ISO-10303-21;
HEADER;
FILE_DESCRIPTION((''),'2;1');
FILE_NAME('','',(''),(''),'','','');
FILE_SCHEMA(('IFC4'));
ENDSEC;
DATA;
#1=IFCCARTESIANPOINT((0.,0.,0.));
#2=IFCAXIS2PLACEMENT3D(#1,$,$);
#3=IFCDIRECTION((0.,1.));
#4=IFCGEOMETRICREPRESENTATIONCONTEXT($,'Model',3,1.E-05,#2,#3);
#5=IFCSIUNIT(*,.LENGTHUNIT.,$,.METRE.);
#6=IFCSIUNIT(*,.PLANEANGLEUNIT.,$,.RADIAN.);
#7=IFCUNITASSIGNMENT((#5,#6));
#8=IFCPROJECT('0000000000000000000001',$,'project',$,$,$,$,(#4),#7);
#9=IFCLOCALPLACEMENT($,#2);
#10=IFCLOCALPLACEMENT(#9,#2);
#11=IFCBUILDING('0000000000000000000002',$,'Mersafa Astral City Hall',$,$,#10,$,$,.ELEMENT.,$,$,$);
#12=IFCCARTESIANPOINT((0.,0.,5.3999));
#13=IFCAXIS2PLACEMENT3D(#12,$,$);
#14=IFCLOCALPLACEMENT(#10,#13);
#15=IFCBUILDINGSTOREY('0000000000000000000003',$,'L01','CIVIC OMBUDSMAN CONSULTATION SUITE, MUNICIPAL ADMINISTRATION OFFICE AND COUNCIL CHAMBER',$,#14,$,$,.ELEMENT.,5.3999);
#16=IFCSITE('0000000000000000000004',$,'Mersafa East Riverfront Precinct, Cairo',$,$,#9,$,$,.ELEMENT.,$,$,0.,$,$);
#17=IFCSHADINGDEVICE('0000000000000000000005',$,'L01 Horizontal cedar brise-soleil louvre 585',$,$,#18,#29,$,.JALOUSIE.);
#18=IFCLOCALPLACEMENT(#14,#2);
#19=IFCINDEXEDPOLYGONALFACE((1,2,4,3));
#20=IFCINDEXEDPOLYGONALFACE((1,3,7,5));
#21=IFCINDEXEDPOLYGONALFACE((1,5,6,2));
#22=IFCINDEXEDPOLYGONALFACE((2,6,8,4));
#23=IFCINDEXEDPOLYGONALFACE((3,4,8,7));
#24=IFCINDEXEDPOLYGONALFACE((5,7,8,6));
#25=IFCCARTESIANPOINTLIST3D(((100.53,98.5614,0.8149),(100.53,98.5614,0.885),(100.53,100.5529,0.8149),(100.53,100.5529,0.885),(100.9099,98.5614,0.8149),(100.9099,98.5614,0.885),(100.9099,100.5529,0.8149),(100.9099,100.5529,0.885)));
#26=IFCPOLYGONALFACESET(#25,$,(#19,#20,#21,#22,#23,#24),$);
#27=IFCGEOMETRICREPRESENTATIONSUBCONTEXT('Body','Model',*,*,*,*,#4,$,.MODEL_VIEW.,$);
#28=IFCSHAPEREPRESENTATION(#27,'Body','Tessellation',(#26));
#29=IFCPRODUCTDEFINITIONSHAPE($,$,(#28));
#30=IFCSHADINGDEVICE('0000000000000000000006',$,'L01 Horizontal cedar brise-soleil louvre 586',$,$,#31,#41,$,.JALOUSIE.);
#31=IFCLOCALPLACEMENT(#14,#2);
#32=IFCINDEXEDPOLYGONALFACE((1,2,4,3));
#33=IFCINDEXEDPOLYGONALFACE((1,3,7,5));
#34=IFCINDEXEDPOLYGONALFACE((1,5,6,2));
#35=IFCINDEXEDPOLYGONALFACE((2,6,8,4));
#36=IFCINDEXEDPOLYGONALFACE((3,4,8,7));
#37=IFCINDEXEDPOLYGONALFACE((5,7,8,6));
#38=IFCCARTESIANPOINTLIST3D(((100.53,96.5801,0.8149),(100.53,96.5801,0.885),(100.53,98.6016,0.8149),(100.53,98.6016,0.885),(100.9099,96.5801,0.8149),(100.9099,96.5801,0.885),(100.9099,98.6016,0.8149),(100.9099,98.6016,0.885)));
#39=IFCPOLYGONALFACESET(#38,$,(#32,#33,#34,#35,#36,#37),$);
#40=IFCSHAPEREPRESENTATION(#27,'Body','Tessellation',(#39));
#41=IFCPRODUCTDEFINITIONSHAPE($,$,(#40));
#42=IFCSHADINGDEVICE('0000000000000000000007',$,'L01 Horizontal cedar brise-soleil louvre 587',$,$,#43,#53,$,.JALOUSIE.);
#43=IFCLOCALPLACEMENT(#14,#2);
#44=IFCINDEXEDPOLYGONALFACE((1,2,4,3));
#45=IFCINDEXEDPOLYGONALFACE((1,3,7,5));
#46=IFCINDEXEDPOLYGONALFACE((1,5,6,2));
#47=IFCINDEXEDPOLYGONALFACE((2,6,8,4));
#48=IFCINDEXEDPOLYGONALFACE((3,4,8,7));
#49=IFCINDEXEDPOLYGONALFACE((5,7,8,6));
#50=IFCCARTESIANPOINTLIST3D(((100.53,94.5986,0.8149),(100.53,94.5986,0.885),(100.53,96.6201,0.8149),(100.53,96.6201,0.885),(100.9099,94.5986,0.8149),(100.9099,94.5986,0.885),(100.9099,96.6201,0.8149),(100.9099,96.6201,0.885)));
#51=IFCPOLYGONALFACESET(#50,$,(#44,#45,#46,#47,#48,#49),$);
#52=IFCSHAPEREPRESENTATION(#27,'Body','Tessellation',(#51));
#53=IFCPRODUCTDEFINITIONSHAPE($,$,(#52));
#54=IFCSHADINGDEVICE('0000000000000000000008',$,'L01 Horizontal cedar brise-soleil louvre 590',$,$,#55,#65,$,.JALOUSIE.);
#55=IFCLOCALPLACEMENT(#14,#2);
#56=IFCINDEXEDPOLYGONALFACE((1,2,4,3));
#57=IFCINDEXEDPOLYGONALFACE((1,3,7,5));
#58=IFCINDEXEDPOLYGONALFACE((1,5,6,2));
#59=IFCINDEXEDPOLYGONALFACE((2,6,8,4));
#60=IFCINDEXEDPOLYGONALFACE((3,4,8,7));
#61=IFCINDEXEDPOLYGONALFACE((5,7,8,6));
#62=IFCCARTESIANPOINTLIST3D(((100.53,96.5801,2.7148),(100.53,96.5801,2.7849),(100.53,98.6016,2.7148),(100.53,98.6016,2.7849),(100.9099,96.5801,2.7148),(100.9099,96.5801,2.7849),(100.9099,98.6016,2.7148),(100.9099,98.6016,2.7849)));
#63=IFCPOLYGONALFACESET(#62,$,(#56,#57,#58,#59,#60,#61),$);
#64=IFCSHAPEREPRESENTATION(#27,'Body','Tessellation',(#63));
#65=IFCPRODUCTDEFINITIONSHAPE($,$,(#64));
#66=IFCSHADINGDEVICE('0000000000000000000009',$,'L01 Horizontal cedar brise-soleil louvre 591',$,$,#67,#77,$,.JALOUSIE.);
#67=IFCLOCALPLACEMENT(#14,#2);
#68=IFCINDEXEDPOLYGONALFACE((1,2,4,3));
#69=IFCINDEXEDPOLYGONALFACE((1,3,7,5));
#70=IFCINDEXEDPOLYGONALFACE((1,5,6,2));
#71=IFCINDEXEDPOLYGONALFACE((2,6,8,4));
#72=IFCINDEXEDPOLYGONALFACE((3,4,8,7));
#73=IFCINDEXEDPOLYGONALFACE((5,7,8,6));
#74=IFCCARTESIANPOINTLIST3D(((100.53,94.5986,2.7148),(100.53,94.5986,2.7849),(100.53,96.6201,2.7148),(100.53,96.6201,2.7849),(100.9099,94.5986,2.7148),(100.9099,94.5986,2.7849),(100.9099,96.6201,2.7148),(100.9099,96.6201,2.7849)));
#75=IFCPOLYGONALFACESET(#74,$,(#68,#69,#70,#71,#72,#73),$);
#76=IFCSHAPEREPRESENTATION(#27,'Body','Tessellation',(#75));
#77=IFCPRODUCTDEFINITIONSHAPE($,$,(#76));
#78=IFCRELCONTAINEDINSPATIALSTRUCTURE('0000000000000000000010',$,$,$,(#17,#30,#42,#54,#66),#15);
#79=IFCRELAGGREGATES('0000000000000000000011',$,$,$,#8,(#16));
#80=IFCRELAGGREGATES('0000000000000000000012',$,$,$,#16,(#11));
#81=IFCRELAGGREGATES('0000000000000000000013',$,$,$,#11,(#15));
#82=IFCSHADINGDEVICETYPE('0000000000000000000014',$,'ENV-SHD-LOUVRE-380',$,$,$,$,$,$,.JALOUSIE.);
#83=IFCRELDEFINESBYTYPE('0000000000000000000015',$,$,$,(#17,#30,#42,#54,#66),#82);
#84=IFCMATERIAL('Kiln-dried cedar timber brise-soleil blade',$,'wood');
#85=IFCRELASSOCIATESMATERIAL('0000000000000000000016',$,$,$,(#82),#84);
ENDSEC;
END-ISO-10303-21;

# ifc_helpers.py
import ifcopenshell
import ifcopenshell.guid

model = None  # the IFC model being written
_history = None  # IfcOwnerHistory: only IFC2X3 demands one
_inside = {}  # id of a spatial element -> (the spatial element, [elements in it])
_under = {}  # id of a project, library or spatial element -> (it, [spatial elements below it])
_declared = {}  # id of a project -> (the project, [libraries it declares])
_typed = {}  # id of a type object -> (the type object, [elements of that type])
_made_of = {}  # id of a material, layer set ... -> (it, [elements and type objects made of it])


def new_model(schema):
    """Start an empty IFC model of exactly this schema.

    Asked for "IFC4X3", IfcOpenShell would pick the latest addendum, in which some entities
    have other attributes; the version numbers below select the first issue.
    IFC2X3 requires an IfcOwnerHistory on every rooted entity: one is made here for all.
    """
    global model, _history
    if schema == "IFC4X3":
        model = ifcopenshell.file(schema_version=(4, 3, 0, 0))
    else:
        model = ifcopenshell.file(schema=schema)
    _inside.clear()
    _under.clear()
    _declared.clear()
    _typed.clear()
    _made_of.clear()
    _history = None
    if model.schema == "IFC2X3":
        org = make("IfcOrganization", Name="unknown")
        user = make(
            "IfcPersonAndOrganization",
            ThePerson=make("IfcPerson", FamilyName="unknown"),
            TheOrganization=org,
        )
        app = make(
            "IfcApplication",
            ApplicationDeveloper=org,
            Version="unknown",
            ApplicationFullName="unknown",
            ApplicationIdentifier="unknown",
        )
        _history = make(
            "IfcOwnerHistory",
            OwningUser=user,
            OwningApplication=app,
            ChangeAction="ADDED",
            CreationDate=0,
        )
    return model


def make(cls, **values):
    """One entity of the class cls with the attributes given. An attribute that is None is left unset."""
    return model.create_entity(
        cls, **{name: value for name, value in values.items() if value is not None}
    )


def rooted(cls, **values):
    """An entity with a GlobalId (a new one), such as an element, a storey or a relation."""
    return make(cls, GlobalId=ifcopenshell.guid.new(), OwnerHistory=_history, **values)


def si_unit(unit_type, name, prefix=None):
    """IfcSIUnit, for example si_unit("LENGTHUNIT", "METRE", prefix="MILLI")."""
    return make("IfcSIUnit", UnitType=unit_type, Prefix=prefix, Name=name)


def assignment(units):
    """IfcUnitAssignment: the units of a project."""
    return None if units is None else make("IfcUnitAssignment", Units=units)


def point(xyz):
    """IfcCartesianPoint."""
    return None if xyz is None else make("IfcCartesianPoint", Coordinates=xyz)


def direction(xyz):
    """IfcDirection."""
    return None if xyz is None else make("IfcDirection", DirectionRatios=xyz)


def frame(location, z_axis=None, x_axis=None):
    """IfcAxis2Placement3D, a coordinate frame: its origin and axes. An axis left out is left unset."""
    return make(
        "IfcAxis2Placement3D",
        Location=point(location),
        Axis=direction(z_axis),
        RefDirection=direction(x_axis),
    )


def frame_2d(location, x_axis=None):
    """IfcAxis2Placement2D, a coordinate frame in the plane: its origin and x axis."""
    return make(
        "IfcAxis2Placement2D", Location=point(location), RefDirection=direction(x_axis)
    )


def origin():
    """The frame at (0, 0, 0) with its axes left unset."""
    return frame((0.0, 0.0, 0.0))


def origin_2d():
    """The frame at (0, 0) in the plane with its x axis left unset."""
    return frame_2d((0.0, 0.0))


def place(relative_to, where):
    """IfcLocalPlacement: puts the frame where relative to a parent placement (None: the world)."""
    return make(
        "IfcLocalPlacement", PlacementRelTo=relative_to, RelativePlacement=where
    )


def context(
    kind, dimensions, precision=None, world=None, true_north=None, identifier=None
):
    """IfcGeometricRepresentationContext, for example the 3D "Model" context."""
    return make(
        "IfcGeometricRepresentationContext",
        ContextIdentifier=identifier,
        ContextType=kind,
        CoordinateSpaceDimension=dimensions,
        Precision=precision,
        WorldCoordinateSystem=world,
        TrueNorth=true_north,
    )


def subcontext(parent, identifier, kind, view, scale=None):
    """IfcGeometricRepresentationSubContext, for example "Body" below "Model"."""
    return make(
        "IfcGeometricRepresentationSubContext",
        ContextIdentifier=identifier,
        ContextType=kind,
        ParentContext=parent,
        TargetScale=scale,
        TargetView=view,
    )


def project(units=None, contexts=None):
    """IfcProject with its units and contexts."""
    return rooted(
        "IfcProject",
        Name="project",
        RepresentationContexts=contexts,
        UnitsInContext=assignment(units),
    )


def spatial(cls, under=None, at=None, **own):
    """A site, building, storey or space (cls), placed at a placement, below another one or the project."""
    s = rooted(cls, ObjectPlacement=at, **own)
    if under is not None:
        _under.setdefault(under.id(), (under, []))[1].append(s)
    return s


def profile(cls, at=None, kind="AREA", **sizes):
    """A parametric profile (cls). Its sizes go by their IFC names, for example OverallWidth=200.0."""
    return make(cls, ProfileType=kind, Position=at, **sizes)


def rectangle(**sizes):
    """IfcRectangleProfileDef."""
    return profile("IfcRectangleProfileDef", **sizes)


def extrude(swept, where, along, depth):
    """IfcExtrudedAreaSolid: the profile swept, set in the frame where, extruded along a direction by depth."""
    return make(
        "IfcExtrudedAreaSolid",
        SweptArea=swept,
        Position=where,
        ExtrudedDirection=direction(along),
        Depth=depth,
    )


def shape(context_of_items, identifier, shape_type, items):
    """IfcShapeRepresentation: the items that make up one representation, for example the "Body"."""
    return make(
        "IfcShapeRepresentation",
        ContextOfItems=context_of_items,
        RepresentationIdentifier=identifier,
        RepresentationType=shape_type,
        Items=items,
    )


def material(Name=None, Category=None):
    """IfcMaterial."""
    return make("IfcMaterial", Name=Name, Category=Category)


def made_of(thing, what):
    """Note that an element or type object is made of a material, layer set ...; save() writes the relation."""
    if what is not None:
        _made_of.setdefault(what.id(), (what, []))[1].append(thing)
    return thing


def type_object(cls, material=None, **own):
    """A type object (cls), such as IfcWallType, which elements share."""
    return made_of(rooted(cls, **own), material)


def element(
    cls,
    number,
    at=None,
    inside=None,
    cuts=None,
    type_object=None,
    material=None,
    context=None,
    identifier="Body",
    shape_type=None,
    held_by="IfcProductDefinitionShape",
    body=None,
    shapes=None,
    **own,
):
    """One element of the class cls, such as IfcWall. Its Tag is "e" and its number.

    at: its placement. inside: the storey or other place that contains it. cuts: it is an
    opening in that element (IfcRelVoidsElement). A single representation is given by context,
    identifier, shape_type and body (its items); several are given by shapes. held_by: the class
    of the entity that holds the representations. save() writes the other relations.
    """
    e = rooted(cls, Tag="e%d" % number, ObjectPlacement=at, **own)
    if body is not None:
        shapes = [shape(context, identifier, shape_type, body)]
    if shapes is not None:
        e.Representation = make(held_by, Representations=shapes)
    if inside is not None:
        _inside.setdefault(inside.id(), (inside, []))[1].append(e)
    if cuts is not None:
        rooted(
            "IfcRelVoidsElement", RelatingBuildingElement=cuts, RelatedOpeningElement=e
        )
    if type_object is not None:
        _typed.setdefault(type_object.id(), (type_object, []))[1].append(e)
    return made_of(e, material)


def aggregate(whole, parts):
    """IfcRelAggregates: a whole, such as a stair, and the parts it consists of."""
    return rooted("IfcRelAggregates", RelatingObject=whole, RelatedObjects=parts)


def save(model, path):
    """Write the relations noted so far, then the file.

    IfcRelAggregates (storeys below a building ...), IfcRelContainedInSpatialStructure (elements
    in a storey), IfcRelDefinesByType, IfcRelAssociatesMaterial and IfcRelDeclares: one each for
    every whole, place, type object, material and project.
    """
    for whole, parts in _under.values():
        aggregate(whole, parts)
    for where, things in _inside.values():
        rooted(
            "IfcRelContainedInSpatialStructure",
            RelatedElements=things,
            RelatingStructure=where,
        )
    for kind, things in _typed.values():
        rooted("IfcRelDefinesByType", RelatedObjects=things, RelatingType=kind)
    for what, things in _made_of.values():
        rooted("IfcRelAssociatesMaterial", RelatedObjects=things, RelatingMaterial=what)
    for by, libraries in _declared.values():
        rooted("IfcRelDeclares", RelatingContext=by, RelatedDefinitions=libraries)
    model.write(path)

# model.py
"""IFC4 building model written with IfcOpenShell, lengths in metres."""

from ifc_helpers import new_model, si_unit, direction, frame, origin, origin_2d, place, context, subcontext, project, spatial, rectangle, extrude, material, type_object, element, save


model = new_model("IFC4")

# Units and contexts
model_context = context("Model", 3, precision=1e-05, world=origin(), true_north=direction((0.0, 1.0)))
body_context = subcontext(model_context, "Body", "Model", "MODEL_VIEW")
ifc_project = project(units=[si_unit("LENGTHUNIT", "METRE"), si_unit("PLANEANGLEUNIT", "RADIAN")], contexts=[model_context])

# Site, building, storey
site_placement = place(None, origin())
site = spatial("IfcSite", under=ifc_project, at=site_placement, Name="Mersafa East Riverfront Precinct, Cairo", CompositionType="ELEMENT", RefElevation=0.0)
building_placement = place(site_placement, origin())
building = spatial("IfcBuilding", under=site, at=building_placement, Name="Mersafa Astral City Hall", CompositionType="ELEMENT")
storey_placement = place(building_placement, frame((0.0, 0.0, 5.3999)))
storey = spatial("IfcBuildingStorey", under=building, at=storey_placement, Name="L01", Description="CIVIC OMBUDSMAN CONSULTATION SUITE, MUNICIPAL ADMINISTRATION OFFICE AND COUNCIL CHAMBER", CompositionType="ELEMENT", Elevation=5.3999)

# Shading devices
ifc_material_1 = material(Name="Kiln-dried cedar timber brise-soleil blade", Category="wood")
shading_device_type = type_object("IfcShadingDeviceType", Name="ENV-SHD-LOUVRE-380", PredefinedType="JALOUSIE", material=ifc_material_1)
shading_device_placement = place(storey_placement, frame((100.72, 99.5571, 0.8149), z_axis=(0.0, 0.0, 1.0), x_axis=(0.0, -1.0, 0.0)))
element("IfcShadingDevice", 1, at=shading_device_placement, inside=storey, type_object=shading_device_type, Name="L01 Horizontal cedar brise-soleil louvre 585", PredefinedType="JALOUSIE", context=body_context, shape_type="SweptSolid", body=[
    extrude(rectangle(XDim=1.9915, YDim=0.3799, at=origin_2d()), origin(), (0.0, 0.0, 1.0), 0.0701),
])
for number, where, z_axis, x_axis, name in (
    (2, (100.72, 97.5908, 0.8149), (0.0, 0.0, 1.0), (0.0, -1.0, 0.0), "L01 Horizontal cedar brise-soleil louvre 586"),
    (3, (100.72, 95.6094, 0.8149), (0.0, 0.0, 1.0), (0.0, -1.0, 0.0), "L01 Horizontal cedar brise-soleil louvre 587"),
    (4, (100.72, 97.5908, 2.7148), (0.0, 0.0, 1.0), (0.0, -1.0, 0.0), "L01 Horizontal cedar brise-soleil louvre 590"),
    (5, (100.72, 95.6094, 2.7148), (0.0, 0.0, 1.0), (0.0, -1.0, 0.0), "L01 Horizontal cedar brise-soleil louvre 591"),
):
    element("IfcShadingDevice", number, at=place(storey_placement, frame(where, z_axis=z_axis, x_axis=x_axis)), inside=storey, type_object=shading_device_type, Name=name, PredefinedType="JALOUSIE", context=body_context, shape_type="SweptSolid", body=[
        extrude(rectangle(XDim=2.0215, YDim=0.3799, at=origin_2d()), origin(), (0.0, 0.0, 1.0), 0.0701),
    ])

save(model, "model.ifc")
